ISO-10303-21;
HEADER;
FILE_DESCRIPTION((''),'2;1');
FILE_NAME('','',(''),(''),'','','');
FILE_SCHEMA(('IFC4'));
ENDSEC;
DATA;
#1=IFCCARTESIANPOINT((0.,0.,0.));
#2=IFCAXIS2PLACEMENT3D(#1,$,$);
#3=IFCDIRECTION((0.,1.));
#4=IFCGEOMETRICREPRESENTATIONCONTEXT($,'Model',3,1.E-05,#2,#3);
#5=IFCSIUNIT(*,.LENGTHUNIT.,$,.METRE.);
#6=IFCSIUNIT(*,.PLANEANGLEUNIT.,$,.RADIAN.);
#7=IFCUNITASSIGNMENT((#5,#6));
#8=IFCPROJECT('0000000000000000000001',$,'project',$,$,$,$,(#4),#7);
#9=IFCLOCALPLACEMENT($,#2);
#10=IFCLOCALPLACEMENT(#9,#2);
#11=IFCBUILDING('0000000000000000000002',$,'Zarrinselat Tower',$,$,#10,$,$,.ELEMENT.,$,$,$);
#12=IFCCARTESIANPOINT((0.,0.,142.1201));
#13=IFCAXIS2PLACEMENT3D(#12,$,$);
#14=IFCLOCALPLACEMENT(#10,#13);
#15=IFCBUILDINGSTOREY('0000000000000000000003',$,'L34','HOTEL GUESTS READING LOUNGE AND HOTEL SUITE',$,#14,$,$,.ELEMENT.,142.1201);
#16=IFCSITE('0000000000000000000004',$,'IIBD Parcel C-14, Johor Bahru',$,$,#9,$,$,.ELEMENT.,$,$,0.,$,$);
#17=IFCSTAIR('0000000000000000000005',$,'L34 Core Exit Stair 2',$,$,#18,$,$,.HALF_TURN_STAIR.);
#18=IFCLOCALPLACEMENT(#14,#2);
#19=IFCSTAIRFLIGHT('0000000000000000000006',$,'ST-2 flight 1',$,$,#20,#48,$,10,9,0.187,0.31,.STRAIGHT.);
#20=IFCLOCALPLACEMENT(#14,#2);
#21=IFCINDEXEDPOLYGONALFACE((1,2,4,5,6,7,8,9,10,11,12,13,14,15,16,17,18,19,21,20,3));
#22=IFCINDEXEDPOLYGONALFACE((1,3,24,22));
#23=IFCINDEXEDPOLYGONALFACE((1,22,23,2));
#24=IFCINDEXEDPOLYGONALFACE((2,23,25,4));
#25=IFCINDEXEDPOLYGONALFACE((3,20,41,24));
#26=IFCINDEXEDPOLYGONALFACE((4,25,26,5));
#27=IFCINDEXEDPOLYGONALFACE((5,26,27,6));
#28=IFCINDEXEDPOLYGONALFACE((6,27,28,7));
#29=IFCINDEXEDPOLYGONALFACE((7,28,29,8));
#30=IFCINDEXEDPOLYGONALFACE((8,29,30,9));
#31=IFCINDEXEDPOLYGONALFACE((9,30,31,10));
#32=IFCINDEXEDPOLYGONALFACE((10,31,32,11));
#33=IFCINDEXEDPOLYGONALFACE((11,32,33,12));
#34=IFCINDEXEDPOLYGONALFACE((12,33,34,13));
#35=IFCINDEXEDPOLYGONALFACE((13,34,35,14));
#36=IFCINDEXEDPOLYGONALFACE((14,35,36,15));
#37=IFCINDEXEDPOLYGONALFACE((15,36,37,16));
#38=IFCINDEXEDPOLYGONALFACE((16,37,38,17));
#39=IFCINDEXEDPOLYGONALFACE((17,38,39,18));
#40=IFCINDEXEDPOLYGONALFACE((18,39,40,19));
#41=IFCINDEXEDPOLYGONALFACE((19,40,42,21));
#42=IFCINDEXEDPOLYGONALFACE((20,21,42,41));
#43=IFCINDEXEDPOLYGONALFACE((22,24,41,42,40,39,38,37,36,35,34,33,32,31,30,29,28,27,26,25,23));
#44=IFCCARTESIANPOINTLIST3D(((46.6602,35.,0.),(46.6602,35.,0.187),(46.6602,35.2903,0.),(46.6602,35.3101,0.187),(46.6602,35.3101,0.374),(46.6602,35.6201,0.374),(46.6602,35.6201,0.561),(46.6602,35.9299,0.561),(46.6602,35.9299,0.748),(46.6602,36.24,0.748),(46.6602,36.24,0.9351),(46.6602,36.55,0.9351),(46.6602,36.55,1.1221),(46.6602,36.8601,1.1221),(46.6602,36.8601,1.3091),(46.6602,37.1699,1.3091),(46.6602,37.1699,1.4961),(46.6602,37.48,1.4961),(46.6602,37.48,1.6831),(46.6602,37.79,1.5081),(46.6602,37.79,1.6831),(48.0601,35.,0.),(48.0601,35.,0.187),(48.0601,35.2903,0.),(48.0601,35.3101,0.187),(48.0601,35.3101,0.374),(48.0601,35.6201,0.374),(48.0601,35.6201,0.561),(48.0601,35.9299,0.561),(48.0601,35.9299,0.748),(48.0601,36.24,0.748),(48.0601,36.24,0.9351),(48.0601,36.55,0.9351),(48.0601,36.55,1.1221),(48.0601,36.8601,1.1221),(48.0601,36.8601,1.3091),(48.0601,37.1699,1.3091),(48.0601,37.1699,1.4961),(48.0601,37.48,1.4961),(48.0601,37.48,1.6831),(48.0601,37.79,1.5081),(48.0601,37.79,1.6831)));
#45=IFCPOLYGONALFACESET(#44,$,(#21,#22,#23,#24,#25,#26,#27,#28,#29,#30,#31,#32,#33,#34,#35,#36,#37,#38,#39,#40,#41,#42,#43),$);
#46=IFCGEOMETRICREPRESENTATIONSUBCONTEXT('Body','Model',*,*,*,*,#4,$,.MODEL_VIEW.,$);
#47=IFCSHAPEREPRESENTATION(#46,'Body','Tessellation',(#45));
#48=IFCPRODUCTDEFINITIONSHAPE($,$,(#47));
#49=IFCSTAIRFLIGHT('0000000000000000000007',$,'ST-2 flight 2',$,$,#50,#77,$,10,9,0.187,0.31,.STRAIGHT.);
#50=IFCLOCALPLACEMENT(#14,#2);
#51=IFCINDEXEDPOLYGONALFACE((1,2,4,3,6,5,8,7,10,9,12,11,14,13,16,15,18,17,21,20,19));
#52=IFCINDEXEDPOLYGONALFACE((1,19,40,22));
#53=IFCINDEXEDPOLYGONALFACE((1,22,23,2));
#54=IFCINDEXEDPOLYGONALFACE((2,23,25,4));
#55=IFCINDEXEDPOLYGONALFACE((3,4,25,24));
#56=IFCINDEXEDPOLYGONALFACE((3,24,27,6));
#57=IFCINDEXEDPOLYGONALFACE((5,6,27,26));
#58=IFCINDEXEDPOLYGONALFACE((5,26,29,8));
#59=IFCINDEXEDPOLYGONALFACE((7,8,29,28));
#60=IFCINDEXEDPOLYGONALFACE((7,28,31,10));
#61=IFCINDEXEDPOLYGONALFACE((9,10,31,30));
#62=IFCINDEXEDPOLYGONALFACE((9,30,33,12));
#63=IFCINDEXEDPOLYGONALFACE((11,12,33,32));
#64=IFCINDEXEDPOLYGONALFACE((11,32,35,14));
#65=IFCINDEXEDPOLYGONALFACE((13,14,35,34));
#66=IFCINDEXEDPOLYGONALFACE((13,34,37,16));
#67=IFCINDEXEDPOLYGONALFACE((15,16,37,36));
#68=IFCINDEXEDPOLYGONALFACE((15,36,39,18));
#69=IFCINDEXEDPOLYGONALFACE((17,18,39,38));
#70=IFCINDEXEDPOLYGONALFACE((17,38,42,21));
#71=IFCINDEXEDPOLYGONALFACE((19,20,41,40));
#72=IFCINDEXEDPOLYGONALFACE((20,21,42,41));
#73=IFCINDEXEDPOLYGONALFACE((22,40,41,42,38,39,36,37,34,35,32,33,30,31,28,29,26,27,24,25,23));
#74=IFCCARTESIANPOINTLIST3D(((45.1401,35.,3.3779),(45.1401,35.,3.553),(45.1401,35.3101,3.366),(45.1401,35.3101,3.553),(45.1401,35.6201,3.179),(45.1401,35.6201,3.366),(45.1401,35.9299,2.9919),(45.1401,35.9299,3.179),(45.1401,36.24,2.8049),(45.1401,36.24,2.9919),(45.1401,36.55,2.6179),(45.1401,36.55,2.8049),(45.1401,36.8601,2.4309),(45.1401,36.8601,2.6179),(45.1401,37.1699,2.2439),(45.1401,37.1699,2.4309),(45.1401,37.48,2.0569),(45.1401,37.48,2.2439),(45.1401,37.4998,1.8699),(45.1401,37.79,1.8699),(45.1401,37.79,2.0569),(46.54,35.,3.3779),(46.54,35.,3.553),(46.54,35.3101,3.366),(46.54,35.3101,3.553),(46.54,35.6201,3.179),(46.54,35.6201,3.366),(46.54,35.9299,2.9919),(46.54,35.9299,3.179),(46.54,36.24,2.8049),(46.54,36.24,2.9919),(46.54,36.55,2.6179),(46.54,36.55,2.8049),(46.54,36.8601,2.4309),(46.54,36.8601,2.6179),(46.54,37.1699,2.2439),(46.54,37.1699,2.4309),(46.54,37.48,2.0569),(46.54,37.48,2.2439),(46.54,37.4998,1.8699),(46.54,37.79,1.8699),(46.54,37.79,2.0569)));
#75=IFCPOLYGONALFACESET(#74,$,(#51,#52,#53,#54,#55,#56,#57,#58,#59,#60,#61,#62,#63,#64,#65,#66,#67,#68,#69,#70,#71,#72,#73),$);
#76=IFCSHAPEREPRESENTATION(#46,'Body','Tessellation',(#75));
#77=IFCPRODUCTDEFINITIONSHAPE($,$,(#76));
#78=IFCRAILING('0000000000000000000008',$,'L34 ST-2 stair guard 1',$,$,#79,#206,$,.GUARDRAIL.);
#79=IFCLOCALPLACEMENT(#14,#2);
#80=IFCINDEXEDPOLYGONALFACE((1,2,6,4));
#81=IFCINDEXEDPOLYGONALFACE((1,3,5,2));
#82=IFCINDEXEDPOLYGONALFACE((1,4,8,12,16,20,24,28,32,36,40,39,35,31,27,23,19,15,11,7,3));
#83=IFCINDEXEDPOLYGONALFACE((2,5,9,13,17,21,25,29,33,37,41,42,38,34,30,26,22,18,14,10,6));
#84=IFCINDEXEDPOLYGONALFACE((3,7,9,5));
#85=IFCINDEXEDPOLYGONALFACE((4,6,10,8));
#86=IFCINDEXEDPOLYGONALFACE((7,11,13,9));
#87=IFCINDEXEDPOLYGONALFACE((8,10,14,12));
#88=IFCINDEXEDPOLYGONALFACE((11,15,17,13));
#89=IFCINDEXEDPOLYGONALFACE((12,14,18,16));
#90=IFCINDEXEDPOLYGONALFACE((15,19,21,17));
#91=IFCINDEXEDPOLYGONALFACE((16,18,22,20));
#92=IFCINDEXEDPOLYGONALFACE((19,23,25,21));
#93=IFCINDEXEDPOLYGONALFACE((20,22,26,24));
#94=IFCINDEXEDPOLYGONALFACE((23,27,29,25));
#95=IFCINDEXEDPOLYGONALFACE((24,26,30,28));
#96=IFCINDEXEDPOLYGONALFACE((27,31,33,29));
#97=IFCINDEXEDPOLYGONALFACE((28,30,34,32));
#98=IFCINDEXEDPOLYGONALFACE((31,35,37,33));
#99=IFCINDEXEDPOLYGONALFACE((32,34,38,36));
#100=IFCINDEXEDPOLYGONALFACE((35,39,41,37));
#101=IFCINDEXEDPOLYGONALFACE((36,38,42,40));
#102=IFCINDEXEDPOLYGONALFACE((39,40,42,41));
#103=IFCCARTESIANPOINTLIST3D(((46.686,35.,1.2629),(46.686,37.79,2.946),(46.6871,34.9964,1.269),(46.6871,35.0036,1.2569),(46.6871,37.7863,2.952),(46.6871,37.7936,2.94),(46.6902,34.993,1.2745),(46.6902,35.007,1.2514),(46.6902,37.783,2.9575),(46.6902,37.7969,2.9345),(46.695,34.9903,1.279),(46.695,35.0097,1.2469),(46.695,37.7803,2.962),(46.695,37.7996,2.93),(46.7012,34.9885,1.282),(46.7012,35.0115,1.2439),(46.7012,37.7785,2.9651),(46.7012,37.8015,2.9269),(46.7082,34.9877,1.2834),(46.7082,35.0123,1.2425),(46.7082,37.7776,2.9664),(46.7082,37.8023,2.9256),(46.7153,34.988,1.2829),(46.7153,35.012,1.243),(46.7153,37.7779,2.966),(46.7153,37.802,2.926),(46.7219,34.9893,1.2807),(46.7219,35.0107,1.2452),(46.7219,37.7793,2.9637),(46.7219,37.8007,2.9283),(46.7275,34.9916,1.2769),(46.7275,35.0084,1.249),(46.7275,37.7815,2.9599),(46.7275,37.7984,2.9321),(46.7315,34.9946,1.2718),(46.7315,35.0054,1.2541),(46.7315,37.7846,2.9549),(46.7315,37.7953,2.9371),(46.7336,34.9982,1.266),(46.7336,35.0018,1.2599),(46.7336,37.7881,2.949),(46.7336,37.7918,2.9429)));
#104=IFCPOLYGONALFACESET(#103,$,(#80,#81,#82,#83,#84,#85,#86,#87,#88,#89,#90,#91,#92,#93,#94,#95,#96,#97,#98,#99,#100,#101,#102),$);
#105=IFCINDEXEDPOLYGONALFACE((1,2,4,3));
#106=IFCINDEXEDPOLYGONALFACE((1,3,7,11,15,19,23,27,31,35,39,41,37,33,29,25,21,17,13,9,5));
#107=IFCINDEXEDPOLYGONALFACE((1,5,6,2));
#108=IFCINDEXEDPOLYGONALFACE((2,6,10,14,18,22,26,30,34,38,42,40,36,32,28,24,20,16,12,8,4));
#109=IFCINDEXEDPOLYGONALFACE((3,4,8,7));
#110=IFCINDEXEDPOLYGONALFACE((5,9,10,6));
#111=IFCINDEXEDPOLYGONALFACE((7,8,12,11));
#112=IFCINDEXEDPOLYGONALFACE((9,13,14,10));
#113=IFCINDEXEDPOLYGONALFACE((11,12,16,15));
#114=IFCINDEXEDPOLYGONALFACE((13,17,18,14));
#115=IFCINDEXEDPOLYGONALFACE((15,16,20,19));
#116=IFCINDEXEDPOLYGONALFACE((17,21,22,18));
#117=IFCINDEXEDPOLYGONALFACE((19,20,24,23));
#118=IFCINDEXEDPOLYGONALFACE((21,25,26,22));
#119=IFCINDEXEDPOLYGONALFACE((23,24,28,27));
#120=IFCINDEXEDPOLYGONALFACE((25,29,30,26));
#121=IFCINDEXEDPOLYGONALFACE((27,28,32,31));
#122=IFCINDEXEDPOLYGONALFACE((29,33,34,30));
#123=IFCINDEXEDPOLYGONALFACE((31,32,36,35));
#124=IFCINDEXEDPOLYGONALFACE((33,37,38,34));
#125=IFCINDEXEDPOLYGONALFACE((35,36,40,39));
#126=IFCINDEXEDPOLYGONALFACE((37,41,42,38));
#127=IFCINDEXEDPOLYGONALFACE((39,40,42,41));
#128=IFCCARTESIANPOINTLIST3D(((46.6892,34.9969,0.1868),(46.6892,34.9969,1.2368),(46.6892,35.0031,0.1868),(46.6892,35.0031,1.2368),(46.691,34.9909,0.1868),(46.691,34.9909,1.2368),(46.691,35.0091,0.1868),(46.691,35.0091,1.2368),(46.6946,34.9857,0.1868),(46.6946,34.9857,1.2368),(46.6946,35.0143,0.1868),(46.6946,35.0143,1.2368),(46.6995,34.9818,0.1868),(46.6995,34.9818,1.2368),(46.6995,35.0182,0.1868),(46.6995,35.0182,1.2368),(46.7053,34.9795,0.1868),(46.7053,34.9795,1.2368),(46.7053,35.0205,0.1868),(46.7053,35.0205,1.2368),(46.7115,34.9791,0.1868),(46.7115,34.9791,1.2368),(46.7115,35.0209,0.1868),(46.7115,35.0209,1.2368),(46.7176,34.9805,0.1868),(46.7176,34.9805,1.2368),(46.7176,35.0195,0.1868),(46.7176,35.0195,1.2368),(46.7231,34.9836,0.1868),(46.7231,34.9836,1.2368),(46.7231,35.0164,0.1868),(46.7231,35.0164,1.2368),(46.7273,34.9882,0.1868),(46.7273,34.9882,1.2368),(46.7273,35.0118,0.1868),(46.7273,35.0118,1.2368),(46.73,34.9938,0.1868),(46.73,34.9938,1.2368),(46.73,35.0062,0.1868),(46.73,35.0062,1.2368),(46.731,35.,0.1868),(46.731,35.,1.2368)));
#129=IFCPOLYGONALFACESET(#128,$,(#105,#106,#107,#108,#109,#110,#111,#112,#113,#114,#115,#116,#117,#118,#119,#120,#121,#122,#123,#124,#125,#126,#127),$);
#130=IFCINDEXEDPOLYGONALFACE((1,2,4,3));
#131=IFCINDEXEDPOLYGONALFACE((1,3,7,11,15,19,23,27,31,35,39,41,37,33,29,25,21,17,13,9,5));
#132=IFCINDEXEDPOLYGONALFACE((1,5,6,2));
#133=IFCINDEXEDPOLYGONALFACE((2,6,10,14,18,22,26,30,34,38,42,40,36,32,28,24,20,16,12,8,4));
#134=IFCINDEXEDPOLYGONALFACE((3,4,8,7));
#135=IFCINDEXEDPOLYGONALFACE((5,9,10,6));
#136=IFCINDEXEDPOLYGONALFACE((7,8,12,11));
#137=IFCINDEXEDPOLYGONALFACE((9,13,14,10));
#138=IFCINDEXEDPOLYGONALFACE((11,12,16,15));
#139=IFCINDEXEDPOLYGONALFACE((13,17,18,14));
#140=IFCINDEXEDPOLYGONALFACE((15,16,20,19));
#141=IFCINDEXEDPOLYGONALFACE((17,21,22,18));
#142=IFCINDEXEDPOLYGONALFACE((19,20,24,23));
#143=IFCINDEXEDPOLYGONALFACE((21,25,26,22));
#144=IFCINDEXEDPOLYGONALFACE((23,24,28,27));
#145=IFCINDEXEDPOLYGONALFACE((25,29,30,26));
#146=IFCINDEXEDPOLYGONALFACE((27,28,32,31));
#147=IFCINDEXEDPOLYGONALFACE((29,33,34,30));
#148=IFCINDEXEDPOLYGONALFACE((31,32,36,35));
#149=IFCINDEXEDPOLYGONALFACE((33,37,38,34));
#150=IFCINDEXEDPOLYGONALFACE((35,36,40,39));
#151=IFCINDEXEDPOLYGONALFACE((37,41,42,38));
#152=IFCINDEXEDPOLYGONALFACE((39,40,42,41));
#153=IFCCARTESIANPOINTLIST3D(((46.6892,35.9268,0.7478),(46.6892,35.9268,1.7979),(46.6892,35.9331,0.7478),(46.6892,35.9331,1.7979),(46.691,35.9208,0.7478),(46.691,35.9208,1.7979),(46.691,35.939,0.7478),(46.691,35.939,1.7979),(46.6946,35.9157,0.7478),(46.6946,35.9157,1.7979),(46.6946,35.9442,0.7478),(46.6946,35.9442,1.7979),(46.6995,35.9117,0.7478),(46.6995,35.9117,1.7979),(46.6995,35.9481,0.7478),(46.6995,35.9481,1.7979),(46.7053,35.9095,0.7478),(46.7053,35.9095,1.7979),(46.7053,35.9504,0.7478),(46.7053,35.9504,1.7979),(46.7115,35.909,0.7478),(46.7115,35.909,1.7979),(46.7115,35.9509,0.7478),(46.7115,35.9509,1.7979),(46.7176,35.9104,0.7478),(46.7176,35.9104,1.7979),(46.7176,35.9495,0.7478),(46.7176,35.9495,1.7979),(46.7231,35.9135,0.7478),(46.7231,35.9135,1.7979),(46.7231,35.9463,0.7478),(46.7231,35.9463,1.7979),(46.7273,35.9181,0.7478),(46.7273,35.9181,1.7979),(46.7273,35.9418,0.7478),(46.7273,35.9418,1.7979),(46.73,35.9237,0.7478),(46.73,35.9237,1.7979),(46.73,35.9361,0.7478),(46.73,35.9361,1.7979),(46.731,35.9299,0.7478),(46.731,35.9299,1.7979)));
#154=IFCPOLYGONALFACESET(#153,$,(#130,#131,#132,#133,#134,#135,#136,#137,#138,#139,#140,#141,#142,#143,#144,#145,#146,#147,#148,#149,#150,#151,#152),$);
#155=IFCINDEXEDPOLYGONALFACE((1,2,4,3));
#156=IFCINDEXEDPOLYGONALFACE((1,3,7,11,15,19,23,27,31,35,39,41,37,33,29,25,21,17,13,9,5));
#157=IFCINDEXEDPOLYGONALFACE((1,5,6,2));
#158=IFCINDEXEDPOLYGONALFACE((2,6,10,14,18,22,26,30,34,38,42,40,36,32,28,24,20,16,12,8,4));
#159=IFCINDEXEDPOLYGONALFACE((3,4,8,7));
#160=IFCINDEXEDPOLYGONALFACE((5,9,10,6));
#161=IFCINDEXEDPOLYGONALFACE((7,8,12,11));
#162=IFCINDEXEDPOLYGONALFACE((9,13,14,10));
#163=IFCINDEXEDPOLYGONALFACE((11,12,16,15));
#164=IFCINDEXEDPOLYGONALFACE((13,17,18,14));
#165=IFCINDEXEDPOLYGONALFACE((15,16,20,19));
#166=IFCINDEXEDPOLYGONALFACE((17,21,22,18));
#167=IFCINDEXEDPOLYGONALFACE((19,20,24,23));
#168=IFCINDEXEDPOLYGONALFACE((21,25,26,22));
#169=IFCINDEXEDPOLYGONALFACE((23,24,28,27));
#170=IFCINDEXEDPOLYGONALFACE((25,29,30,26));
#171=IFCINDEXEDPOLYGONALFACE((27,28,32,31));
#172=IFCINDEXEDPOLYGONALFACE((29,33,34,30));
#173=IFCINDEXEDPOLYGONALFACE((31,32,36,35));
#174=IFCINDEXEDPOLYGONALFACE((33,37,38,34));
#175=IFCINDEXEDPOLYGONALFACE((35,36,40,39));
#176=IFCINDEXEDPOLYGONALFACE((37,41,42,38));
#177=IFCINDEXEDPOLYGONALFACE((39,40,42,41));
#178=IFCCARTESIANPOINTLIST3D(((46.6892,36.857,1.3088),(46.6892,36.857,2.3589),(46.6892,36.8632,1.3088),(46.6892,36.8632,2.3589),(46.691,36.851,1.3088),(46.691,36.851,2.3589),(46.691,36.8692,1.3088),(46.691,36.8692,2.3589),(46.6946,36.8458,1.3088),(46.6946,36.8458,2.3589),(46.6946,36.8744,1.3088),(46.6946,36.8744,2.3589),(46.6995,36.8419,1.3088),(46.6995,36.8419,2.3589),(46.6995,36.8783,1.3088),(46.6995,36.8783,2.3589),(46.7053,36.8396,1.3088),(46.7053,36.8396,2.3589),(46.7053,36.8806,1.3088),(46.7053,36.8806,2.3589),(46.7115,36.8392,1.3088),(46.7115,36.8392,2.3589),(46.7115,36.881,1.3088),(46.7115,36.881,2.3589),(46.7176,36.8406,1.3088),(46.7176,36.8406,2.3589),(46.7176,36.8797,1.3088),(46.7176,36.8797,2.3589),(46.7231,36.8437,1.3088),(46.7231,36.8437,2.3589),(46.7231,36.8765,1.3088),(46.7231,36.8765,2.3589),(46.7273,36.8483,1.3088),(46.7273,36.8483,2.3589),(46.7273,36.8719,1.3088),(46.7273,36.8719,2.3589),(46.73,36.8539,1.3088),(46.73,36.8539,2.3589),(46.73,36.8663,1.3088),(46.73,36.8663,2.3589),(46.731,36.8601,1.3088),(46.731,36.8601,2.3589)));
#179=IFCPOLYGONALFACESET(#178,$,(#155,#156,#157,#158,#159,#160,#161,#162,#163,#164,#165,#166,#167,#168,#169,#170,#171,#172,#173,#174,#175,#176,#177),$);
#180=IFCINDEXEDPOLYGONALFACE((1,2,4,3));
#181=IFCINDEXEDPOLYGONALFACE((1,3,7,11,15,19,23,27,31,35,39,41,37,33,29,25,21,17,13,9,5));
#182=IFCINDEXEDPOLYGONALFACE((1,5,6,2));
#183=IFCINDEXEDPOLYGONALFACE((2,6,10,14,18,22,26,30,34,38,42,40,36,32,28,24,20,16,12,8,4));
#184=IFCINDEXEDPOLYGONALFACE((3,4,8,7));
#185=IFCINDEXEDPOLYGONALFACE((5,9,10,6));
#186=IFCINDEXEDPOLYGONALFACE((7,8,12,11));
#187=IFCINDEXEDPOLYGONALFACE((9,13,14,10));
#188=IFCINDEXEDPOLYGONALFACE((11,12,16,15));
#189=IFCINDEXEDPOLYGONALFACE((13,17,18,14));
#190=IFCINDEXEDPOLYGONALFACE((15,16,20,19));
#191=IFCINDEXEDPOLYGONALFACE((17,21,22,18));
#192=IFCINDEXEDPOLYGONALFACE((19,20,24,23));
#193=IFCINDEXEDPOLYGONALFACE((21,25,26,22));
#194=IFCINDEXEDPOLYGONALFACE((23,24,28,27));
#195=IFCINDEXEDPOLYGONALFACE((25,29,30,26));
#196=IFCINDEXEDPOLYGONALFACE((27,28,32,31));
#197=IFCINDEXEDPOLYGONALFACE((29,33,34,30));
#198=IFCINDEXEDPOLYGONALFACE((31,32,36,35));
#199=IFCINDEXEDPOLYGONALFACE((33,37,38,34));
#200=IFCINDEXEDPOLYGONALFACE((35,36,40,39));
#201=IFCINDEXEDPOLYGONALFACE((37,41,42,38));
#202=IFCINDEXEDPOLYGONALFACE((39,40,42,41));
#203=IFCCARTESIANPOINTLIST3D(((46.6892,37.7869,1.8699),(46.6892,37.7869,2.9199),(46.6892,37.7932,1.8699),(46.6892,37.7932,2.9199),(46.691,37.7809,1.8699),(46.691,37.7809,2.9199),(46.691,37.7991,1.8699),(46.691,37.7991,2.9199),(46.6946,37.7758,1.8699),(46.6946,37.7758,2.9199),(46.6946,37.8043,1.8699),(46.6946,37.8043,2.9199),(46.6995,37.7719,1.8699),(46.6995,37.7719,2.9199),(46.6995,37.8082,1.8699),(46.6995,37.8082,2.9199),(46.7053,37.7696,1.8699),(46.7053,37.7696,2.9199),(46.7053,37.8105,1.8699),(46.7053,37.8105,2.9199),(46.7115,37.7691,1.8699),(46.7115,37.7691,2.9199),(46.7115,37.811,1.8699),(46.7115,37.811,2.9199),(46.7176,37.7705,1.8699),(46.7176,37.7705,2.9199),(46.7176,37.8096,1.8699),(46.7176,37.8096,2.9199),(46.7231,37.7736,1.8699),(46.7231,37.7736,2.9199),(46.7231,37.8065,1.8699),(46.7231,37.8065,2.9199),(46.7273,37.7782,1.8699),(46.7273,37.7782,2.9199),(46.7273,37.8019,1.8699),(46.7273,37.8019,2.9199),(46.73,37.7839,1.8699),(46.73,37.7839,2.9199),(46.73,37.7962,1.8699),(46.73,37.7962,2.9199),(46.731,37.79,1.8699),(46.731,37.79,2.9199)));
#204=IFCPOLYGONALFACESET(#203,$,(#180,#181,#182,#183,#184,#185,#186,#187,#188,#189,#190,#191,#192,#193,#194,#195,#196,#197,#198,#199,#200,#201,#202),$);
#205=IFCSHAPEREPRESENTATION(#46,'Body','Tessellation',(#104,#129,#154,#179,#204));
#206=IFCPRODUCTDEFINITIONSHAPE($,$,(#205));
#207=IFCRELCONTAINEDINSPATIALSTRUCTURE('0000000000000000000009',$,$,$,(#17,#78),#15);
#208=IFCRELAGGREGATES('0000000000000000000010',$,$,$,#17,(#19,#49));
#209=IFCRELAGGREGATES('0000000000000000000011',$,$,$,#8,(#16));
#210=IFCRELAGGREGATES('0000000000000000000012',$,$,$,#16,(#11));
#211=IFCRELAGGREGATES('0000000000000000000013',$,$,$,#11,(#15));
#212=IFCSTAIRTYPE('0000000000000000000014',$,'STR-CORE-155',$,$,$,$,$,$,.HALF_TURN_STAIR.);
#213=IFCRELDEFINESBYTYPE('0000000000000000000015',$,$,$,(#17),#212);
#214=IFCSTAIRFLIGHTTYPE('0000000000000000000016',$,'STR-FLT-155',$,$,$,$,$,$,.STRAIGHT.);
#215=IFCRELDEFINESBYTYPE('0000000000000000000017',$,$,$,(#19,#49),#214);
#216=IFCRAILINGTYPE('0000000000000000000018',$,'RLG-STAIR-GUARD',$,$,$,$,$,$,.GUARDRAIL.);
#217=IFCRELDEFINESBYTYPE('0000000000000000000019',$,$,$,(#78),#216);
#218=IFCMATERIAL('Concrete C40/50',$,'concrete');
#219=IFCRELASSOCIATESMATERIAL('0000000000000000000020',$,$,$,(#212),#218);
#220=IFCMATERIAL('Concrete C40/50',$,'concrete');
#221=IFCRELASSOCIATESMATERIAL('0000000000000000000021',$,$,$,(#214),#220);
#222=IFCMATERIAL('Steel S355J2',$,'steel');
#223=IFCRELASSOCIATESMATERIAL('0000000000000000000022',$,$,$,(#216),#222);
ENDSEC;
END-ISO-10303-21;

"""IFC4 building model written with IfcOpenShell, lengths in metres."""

from ifc_helpers import new_model, si_unit, direction, frame, origin, origin_2d, place, context, subcontext, project, spatial, polyline, circle, outline, extrude, material, type_object, element, aggregate, save


model = new_model("IFC4")

# Units and contexts
model_context = context("Model", 3, precision=1e-05, world=origin(), true_north=direction((0.0, 1.0)))
body_context = subcontext(model_context, "Body", "Model", "MODEL_VIEW")
ifc_project = project(units=[si_unit("LENGTHUNIT", "METRE"), si_unit("PLANEANGLEUNIT", "RADIAN")], contexts=[model_context])

# Site, building, storey
site_placement = place(None, origin())
site = spatial("IfcSite", under=ifc_project, at=site_placement, Name="IIBD Parcel C-14, Johor Bahru", CompositionType="ELEMENT", RefElevation=0.0)
building_placement = place(site_placement, origin())
building = spatial("IfcBuilding", under=site, at=building_placement, Name="Zarrinselat Tower", CompositionType="ELEMENT")
storey_placement = place(building_placement, frame((0.0, 0.0, 142.1201)))
storey = spatial("IfcBuildingStorey", under=building, at=storey_placement, Name="L34", Description="HOTEL GUESTS READING LOUNGE AND HOTEL SUITE", CompositionType="ELEMENT", Elevation=142.1201)

# Stair, stair flights
ifc_material_1 = material(Name="Concrete C40/50", Category="concrete")
stair_type = type_object("IfcStairType", Name="STR-CORE-155", PredefinedType="HALF_TURN_STAIR", material=ifc_material_1)
stair_placement = place(storey_placement, origin())
stair = element("IfcStair", 1, at=stair_placement, inside=storey, type_object=stair_type, Name="L34 Core Exit Stair 2", PredefinedType="HALF_TURN_STAIR")
ifc_material_2 = material(Name="Concrete C40/50", Category="concrete")
stair_flight_type = type_object("IfcStairFlightType", Name="STR-FLT-155", PredefinedType="STRAIGHT", material=ifc_material_2)
stair_flight_1_placement = place(storey_placement, frame((47.3601, 35.0, 0.0), z_axis=(0.0, 0.0, 1.0), x_axis=(0.0, 1.0, 0.0)))
stair_flight_1 = element("IfcStairFlight", 2, at=stair_flight_1_placement, type_object=stair_flight_type, Name="ST-2 flight 1", NumberOfRisers=10, NumberOfTreads=9, PredefinedType="STRAIGHT", RiserHeight=0.187, TreadLength=0.31, context=body_context, shape_type="SweptSolid", body=[
    extrude(outline(polyline([(0.0, 0.0), (0.0, 0.187), (0.3101, 0.187), (0.3101, 0.374), (0.6201, 0.374), (0.6201, 0.561), (0.9299, 0.561), (0.9299, 0.748), (1.24, 0.748), (1.24, 0.9351), (1.55, 0.9351), (1.55, 1.1221), (1.8601, 1.1221), (1.8601, 1.3091), (2.1699, 1.3091), (2.1699, 1.4961), (2.48, 1.4961), (2.48, 1.6831), (2.79, 1.6831), (2.79, 1.8701), (2.79, 1.5081), (0.2903, 0.0), (0.0, 0.0)])), frame((0.0, 0.7, 0.0), z_axis=(0.0, -1.0, 0.0), x_axis=(1.0, 0.0, 0.0)), (0.0, 0.0, 1.0), 1.3999),
])
stair_flight_2_placement = place(storey_placement, frame((45.8401, 37.79, 1.8699), z_axis=(0.0, 0.0, 1.0), x_axis=(0.0, -1.0, 0.0)))
stair_flight_2 = element("IfcStairFlight", 3, at=stair_flight_2_placement, type_object=stair_flight_type, Name="ST-2 flight 2", NumberOfRisers=10, NumberOfTreads=9, PredefinedType="STRAIGHT", RiserHeight=0.187, TreadLength=0.31, context=body_context, shape_type="SweptSolid", body=[
    extrude(outline(polyline([(0.0, 0.0), (0.0, 0.187), (0.3101, 0.187), (0.3101, 0.374), (0.6201, 0.374), (0.6201, 0.561), (0.9299, 0.561), (0.9299, 0.748), (1.24, 0.748), (1.24, 0.9351), (1.55, 0.9351), (1.55, 1.1221), (1.8601, 1.1221), (1.8601, 1.3091), (2.1699, 1.3091), (2.1699, 1.4961), (2.48, 1.4961), (2.48, 1.6831), (2.79, 1.6831), (2.79, 1.8701), (2.79, 1.5081), (0.2903, 0.0), (0.0, 0.0)])), frame((0.0, 0.7, 0.0), z_axis=(0.0, -1.0, 0.0), x_axis=(1.0, 0.0, 0.0)), (0.0, 0.0, 1.0), 1.3999),
])
aggregate(stair, [stair_flight_1, stair_flight_2])

# Railing
ifc_material_3 = material(Name="Steel S355J2", Category="steel")
railing_type_1 = type_object("IfcRailingType", Name="RLG-STAIR-GUARD", PredefinedType="GUARDRAIL", material=ifc_material_3)
railing_1_placement = place(storey_placement, frame((46.71, 35.0, 0.1868)))
element("IfcRailing", 4, at=railing_1_placement, inside=storey, type_object=railing_type_1, Name="L34 ST-2 stair guard 1", PredefinedType="GUARDRAIL", context=body_context, shape_type="SweptSolid", body=[
    extrude(circle(Radius=0.0239, at=origin_2d()), frame((0.0, 0.0, 1.0762), z_axis=(0.0, 0.856261, 0.516544), x_axis=(-1.0, 0.0, 0.0)), (0.0, 0.0, 1.0), 3.2583),
    extrude(circle(Radius=0.021, at=origin_2d()), origin(), (0.0, 0.0, 1.0), 1.05),
    extrude(circle(Radius=0.021, at=origin_2d()), frame((0.0, 0.9299, 0.561)), (0.0, 0.0, 1.0), 1.05),
    extrude(circle(Radius=0.021, at=origin_2d()), frame((0.0, 1.8601, 1.1221)), (0.0, 0.0, 1.0), 1.05),
    extrude(circle(Radius=0.021, at=origin_2d()), frame((0.0, 2.79, 1.6831)), (0.0, 0.0, 1.0), 1.05),
])

save(model, "model.ifc")
